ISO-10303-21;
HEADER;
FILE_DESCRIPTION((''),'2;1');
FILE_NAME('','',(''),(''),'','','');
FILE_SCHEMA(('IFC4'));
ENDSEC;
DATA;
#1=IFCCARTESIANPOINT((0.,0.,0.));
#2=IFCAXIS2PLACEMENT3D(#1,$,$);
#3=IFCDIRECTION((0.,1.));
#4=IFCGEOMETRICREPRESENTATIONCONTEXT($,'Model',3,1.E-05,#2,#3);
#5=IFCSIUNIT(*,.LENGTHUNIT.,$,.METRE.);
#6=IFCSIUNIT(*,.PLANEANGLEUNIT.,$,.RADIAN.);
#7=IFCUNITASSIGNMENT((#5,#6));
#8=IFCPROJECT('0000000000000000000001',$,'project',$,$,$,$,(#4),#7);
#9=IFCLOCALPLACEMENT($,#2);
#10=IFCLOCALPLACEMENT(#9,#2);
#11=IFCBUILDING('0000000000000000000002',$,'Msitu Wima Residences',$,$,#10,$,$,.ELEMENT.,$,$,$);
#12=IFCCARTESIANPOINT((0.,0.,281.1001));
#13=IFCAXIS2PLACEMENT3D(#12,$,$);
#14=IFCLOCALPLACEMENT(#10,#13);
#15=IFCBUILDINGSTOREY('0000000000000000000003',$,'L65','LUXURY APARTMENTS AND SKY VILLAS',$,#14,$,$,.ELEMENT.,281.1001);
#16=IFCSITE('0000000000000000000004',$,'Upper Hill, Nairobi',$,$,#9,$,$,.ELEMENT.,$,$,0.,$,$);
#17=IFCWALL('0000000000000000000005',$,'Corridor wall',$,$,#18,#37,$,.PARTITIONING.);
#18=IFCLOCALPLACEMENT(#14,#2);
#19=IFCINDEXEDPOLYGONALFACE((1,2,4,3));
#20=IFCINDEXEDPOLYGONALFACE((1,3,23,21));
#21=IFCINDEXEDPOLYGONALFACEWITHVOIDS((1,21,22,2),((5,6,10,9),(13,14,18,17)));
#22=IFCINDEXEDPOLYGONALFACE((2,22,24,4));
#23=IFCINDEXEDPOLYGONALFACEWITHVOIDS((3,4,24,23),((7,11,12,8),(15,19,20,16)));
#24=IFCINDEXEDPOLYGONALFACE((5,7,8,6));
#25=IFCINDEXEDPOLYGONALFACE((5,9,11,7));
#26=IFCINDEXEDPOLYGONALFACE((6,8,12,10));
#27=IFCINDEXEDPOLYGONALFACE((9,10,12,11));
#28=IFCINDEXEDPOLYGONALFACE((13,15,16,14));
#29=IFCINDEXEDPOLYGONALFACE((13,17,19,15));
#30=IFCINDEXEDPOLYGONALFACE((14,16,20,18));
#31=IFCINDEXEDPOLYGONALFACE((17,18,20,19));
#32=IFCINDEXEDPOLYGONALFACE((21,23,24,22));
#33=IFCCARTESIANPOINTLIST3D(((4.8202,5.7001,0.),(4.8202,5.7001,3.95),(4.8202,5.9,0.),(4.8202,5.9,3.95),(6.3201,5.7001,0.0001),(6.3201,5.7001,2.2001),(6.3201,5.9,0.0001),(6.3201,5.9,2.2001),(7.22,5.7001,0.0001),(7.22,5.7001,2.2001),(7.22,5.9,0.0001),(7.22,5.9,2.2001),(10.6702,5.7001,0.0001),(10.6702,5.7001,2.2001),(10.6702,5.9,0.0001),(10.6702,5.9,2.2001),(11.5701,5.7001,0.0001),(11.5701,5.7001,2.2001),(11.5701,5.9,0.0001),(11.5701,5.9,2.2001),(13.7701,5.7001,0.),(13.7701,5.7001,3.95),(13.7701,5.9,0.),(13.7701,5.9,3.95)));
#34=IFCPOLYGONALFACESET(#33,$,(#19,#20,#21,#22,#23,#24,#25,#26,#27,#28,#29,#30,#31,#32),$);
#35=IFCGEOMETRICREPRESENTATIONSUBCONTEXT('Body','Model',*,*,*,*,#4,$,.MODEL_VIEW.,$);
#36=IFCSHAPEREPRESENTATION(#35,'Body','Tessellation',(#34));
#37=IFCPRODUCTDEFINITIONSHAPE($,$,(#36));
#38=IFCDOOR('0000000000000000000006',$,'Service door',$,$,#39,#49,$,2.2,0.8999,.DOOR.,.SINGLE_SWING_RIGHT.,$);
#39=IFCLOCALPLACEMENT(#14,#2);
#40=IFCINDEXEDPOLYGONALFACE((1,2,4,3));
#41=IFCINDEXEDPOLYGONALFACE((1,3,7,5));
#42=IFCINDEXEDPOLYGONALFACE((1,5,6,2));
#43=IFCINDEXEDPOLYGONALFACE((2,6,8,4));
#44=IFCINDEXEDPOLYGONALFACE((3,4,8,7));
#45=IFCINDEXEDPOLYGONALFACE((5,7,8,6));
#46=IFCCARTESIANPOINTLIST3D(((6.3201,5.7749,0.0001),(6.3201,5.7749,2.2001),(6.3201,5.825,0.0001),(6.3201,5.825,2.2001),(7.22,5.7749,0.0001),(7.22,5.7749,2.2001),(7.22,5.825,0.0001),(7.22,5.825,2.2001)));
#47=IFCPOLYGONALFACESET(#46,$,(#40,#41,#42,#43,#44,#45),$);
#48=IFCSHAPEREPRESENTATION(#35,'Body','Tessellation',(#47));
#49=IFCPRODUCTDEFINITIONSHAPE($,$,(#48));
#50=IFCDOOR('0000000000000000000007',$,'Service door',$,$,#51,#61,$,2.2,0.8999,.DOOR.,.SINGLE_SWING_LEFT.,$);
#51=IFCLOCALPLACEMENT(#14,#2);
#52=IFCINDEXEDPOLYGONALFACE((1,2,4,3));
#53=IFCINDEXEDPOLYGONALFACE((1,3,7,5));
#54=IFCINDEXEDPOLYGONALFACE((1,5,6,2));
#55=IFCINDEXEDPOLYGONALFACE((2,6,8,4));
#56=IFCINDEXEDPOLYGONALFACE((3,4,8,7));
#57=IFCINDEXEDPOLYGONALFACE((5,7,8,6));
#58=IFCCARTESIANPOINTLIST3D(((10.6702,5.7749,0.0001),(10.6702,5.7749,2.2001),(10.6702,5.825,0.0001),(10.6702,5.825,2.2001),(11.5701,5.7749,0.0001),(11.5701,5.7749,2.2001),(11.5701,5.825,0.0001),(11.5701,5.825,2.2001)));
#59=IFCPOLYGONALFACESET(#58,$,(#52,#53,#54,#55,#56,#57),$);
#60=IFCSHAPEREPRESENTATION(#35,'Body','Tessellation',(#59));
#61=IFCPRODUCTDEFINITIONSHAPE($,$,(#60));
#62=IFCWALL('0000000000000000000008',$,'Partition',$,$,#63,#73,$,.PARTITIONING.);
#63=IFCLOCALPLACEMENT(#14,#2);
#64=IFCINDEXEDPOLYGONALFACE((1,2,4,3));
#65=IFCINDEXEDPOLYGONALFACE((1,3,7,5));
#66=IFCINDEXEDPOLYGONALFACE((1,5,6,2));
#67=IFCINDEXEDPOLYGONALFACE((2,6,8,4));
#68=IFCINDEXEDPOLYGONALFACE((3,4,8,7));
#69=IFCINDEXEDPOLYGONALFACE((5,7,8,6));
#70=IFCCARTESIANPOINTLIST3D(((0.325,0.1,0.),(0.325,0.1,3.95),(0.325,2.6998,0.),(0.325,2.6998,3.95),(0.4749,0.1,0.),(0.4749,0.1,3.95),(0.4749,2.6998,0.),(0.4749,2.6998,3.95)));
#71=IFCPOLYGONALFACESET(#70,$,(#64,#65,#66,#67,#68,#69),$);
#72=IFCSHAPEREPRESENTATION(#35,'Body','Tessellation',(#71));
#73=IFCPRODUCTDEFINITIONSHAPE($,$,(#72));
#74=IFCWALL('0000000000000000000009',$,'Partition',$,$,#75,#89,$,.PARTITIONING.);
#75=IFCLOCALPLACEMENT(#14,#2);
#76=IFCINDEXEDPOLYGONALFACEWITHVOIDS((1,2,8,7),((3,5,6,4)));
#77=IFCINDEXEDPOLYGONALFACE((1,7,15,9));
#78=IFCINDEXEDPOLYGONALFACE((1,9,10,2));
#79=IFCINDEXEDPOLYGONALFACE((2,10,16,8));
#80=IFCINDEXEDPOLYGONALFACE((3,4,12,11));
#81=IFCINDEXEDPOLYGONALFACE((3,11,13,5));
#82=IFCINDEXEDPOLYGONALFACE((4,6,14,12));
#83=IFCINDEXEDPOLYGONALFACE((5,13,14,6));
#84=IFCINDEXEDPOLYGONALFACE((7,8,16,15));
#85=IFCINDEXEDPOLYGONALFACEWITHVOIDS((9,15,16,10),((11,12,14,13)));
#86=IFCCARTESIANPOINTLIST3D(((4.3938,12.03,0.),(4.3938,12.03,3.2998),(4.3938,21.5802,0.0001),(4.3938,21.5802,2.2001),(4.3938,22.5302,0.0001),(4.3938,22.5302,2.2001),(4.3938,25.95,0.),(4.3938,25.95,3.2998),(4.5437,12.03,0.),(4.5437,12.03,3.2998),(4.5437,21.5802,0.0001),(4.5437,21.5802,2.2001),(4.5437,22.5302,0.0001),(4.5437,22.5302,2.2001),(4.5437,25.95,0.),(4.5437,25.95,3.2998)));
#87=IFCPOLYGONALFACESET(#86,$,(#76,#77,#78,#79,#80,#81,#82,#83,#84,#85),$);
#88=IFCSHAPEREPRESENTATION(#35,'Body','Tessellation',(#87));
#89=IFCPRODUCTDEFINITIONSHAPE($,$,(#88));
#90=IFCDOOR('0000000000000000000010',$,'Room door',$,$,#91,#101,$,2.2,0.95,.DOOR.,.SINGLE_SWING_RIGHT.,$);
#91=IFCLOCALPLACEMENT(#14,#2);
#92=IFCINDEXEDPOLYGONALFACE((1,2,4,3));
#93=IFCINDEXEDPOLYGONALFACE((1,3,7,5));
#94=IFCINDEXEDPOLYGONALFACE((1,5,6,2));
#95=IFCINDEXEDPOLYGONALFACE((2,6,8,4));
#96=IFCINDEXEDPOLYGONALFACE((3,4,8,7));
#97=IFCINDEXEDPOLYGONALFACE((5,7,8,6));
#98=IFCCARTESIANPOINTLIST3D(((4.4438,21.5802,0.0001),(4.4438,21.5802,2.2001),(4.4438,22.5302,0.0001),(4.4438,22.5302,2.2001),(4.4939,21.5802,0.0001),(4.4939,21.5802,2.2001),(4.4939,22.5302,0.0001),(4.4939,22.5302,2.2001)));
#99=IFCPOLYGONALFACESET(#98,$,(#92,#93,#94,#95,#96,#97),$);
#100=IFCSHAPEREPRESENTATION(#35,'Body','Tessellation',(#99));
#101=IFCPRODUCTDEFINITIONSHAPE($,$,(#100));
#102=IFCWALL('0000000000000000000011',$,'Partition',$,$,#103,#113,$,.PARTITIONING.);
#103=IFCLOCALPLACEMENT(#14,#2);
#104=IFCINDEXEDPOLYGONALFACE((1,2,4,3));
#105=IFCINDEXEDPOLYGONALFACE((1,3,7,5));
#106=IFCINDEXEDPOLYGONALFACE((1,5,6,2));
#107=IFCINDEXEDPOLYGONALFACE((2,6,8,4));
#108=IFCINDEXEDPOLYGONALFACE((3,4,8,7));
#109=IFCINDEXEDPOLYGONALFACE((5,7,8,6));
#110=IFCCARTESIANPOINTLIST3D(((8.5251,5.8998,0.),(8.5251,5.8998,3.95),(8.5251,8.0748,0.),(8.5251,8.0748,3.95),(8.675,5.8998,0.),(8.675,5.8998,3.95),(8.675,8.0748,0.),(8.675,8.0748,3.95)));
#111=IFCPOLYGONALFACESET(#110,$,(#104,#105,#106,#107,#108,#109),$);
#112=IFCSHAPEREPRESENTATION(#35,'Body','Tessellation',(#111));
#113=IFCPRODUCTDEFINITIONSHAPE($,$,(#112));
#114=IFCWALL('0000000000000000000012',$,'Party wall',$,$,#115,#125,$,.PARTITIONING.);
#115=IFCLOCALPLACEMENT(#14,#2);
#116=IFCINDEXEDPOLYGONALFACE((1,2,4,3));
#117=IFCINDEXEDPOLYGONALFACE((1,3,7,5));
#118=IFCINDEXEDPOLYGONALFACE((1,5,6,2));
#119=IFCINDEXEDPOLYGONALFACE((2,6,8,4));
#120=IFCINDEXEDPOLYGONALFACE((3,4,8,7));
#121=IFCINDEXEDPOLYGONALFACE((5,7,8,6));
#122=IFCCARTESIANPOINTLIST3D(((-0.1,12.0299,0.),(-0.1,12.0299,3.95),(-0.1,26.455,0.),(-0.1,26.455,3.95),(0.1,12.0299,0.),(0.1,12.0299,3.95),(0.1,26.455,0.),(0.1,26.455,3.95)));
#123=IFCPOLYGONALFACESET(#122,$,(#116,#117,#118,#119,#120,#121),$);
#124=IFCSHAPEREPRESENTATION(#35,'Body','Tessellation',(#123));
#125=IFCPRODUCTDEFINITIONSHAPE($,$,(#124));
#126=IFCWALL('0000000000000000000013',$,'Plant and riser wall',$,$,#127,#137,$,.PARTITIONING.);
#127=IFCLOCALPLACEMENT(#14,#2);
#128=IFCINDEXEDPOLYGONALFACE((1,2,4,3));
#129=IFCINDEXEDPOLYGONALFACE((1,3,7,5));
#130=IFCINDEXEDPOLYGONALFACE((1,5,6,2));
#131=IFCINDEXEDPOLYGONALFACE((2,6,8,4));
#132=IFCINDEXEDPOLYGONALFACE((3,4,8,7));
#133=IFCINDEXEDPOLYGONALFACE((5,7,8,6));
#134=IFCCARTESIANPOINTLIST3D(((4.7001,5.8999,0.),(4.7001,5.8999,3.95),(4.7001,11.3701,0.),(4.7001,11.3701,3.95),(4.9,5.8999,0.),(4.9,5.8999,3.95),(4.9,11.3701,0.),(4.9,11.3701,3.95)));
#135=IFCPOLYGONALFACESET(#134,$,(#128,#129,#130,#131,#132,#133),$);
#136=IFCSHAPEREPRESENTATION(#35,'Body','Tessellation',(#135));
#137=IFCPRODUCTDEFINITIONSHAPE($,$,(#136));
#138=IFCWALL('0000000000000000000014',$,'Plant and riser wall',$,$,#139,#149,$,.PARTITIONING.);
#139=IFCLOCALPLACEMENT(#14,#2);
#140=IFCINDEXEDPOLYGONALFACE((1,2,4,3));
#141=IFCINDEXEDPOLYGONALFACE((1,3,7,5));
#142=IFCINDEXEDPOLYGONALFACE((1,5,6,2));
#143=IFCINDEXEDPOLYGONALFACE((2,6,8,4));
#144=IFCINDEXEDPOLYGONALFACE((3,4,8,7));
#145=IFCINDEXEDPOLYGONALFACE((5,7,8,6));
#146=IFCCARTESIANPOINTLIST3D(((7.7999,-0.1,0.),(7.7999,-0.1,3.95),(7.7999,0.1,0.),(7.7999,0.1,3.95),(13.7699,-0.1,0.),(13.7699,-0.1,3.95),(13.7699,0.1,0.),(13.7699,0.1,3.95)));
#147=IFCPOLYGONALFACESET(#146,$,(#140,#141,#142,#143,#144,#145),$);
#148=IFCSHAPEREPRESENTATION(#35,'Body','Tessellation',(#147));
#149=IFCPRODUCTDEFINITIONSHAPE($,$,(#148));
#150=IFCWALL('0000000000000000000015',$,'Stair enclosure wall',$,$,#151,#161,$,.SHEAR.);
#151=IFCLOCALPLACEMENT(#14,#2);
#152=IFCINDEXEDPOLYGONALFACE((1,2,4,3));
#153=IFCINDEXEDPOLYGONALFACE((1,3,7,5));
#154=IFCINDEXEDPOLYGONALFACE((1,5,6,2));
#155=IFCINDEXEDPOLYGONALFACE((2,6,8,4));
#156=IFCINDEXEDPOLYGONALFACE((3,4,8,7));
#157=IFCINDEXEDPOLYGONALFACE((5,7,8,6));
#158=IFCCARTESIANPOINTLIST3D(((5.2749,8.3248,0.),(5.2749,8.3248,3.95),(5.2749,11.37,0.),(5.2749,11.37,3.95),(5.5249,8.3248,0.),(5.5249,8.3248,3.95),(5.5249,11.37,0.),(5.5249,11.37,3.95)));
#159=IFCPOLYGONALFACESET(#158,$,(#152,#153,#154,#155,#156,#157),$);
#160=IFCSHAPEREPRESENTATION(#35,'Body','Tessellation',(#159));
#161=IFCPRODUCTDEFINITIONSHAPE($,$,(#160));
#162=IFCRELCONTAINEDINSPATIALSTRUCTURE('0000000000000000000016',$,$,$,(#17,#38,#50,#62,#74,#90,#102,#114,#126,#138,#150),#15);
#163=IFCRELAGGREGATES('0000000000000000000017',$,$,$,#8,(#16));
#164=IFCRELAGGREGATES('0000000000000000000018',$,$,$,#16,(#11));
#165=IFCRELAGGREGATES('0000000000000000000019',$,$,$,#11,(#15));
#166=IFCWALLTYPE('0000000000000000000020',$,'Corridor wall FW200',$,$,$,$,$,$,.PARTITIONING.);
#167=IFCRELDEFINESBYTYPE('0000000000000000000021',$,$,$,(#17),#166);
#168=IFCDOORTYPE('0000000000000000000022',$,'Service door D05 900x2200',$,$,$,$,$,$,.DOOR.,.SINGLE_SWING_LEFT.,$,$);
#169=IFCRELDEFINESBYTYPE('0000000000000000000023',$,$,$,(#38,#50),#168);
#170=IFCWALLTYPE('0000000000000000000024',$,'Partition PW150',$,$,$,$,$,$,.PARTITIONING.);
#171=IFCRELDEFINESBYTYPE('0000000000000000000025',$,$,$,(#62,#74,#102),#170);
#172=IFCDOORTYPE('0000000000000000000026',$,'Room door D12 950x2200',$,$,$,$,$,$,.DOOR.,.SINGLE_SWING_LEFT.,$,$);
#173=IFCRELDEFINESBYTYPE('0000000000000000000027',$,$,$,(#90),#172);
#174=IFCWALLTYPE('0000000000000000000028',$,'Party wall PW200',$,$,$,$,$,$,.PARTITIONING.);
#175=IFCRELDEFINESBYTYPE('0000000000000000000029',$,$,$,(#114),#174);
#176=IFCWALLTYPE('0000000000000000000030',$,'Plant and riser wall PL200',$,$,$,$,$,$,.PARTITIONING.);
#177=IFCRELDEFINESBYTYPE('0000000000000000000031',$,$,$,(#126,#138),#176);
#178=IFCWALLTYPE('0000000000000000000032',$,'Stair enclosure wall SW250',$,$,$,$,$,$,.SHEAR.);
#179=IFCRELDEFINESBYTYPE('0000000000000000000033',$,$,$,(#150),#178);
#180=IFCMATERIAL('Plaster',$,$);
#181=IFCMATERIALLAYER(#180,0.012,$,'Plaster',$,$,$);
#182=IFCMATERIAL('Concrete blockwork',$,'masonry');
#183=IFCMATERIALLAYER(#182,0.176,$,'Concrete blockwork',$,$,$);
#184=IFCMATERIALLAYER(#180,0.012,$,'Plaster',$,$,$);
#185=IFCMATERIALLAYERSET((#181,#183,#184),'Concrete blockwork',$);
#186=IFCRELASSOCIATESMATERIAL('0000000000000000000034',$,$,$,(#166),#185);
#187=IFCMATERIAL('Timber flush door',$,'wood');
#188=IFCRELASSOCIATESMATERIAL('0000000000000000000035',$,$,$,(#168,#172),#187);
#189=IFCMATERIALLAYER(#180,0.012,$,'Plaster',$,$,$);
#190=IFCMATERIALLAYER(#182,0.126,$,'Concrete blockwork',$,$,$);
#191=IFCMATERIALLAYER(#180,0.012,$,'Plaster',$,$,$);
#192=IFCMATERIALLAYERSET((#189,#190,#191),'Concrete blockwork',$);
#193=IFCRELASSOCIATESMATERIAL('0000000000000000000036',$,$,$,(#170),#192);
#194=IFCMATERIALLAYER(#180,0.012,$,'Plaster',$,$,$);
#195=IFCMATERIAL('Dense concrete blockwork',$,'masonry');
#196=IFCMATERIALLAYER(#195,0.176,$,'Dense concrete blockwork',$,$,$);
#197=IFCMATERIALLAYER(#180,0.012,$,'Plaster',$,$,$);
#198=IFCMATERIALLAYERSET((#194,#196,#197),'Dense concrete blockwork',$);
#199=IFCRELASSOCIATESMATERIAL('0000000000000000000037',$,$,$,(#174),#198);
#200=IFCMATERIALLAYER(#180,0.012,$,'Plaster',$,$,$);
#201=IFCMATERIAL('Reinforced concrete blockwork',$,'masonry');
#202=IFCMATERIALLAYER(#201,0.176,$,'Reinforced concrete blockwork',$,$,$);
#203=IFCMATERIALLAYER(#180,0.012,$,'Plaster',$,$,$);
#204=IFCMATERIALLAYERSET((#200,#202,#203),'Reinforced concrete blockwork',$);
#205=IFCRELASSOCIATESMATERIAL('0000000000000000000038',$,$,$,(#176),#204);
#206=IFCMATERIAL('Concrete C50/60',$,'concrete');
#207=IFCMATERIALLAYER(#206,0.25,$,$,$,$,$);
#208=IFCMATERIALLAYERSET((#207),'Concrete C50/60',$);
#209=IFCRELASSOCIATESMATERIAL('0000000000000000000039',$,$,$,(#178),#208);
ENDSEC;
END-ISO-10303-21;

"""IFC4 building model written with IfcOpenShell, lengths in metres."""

from ifc_helpers import new_model, si_unit, direction, frame, frame_2d, origin, place, context, subcontext, project, spatial, rectangle, extrude, material, layer, layer_set, type_object, element, fill, save


model = new_model("IFC4")

# Units and contexts
model_context = context("Model", 3, precision=1e-05, world=origin(), true_north=direction((0.0, 1.0)))
body_context = subcontext(model_context, "Body", "Model", "MODEL_VIEW")
ifc_project = project(units=[si_unit("LENGTHUNIT", "METRE"), si_unit("PLANEANGLEUNIT", "RADIAN")], contexts=[model_context])

# Site, building, storey
site_placement = place(None, origin())
site = spatial("IfcSite", under=ifc_project, at=site_placement, Name="Upper Hill, Nairobi", CompositionType="ELEMENT", RefElevation=0.0)
building_placement = place(site_placement, origin())
building = spatial("IfcBuilding", under=site, at=building_placement, Name="Msitu Wima Residences", CompositionType="ELEMENT")
storey_placement = place(building_placement, frame((0.0, 0.0, 281.1001)))
storey = spatial("IfcBuildingStorey", under=building, at=storey_placement, Name="L65", Description="LUXURY APARTMENTS AND SKY VILLAS", CompositionType="ELEMENT", Elevation=281.1001)

# Wall, openings, doors
ifc_material_1 = material(Name="Plaster")
ifc_layer_1 = layer(ifc_material_1, 0.012, Name="Plaster")
ifc_material_2 = material(Name="Concrete blockwork", Category="masonry")
ifc_layer_2 = layer(ifc_material_2, 0.176, Name="Concrete blockwork")
ifc_layer_3 = layer(ifc_material_1, 0.012, Name="Plaster")
ifc_layer_set_1 = layer_set([ifc_layer_1, ifc_layer_2, ifc_layer_3], Name="Concrete blockwork")
wall_type_1 = type_object("IfcWallType", Name="Corridor wall FW200", PredefinedType="PARTITIONING", material=ifc_layer_set_1)
wall_1_placement = place(storey_placement, frame((4.8201, 5.8, 0.0), z_axis=(0.0, 0.0, 1.0), x_axis=(1.0, 0.0, 0.0)))
wall_1 = element("IfcWall", 1, at=wall_1_placement, inside=storey, type_object=wall_type_1, Name="Corridor wall", PredefinedType="PARTITIONING", context=body_context, shape_type="SweptSolid", body=[
    extrude(rectangle(XDim=8.95, YDim=0.2, at=frame_2d((4.4751, 0.0))), origin(), (0.0, 0.0, 1.0), 3.95),
])
opening_1_placement = place(wall_1_placement, frame((1.5, 0.0, 0.0)))
opening_1 = element("IfcOpeningElement", 2, at=opening_1_placement, cuts=wall_1, PredefinedType="OPENING", context=body_context, shape_type="SweptSolid", body=[
    extrude(rectangle(XDim=0.8999, YDim=2.2, at=frame_2d((0.45, 1.1001))), frame((0.0, 0.1099, 0.0), z_axis=(0.0, -1.0, 0.0), x_axis=(1.0, 0.0, 0.0)), (0.0, 0.0, 1.0), 0.22),
])
opening_2_placement = place(wall_1_placement, frame((5.8501, 0.0, 0.0)))
opening_2 = element("IfcOpeningElement", 3, at=opening_2_placement, cuts=wall_1, PredefinedType="OPENING", context=body_context, shape_type="SweptSolid", body=[
    extrude(rectangle(XDim=0.8999, YDim=2.2, at=frame_2d((0.45, 1.1001))), frame((0.0, 0.1099, 0.0), z_axis=(0.0, -1.0, 0.0), x_axis=(1.0, 0.0, 0.0)), (0.0, 0.0, 1.0), 0.22),
])
ifc_material_3 = material(Name="Timber flush door", Category="wood")
door_type_1 = type_object("IfcDoorType", Name="Service door D05 900x2200", OperationType="SINGLE_SWING_LEFT", PredefinedType="DOOR", material=ifc_material_3)
door_1_placement = place(opening_1_placement, origin())
door_1 = element("IfcDoor", 4, at=door_1_placement, inside=storey, type_object=door_type_1, Name="Service door", OperationType="SINGLE_SWING_RIGHT", OverallHeight=2.2, OverallWidth=0.8999, PredefinedType="DOOR", context=body_context, shape_type="SweptSolid", body=[
    extrude(rectangle(XDim=0.8999, YDim=2.2, at=frame_2d((0.45, 1.1001))), frame((0.0, 0.0249, 0.0), z_axis=(0.0, -1.0, 0.0), x_axis=(1.0, 0.0, 0.0)), (0.0, 0.0, 1.0), 0.05),
])
fill(opening_1, door_1)
door_2_placement = place(opening_2_placement, origin())
door_2 = element("IfcDoor", 5, at=door_2_placement, inside=storey, type_object=door_type_1, Name="Service door", OperationType="SINGLE_SWING_LEFT", OverallHeight=2.2, OverallWidth=0.8999, PredefinedType="DOOR", context=body_context, shape_type="SweptSolid", body=[
    extrude(rectangle(XDim=0.8999, YDim=2.2, at=frame_2d((0.45, 1.1001))), frame((0.0, 0.0249, 0.0), z_axis=(0.0, -1.0, 0.0), x_axis=(1.0, 0.0, 0.0)), (0.0, 0.0, 1.0), 0.05),
])
fill(opening_2, door_2)

# Wall
ifc_layer_4 = layer(ifc_material_1, 0.012, Name="Plaster")
ifc_layer_5 = layer(ifc_material_2, 0.126, Name="Concrete blockwork")
ifc_layer_6 = layer(ifc_material_1, 0.012, Name="Plaster")
ifc_layer_set_2 = layer_set([ifc_layer_4, ifc_layer_5, ifc_layer_6], Name="Concrete blockwork")
wall_type_2 = type_object("IfcWallType", Name="Partition PW150", PredefinedType="PARTITIONING", material=ifc_layer_set_2)
wall_2_placement = place(storey_placement, frame((0.3999, 0.1001, 0.0), z_axis=(0.0, 0.0, 1.0), x_axis=(0.0, 1.0, 0.0)))
element("IfcWall", 6, at=wall_2_placement, inside=storey, type_object=wall_type_2, Name="Partition", PredefinedType="PARTITIONING", context=body_context, shape_type="SweptSolid", body=[
    extrude(rectangle(XDim=2.5999, YDim=0.1499, at=frame_2d((1.2998, 0.0))), origin(), (0.0, 0.0, 1.0), 3.95),
])

# Wall, opening, door
wall_3_placement = place(storey_placement, frame((4.4688, 12.03, 0.0), z_axis=(0.0, 0.0, 1.0), x_axis=(0.0, 1.0, 0.0)))
wall_3 = element("IfcWall", 7, at=wall_3_placement, inside=storey, type_object=wall_type_2, Name="Partition", PredefinedType="PARTITIONING", context=body_context, shape_type="SweptSolid", body=[
    extrude(rectangle(XDim=13.9199, YDim=0.1499, at=frame_2d((6.96, 0.0))), origin(), (0.0, 0.0, 1.0), 3.2998),
])
opening_3_placement = place(wall_3_placement, frame((9.55, 0.0, 0.0)))
opening_3 = element("IfcOpeningElement", 8, at=opening_3_placement, cuts=wall_3, PredefinedType="OPENING", context=body_context, shape_type="SweptSolid", body=[
    extrude(rectangle(XDim=0.95, YDim=2.2, at=frame_2d((0.4751, 1.1001))), frame((0.0, 0.085, 0.0), z_axis=(0.0, -1.0, 0.0), x_axis=(1.0, 0.0, 0.0)), (0.0, 0.0, 1.0), 0.1699),
])
door_type_2 = type_object("IfcDoorType", Name="Room door D12 950x2200", OperationType="SINGLE_SWING_LEFT", PredefinedType="DOOR", material=ifc_material_3)
door_3_placement = place(opening_3_placement, origin())
door_3 = element("IfcDoor", 9, at=door_3_placement, inside=storey, type_object=door_type_2, Name="Room door", OperationType="SINGLE_SWING_RIGHT", OverallHeight=2.2, OverallWidth=0.95, PredefinedType="DOOR", context=body_context, shape_type="SweptSolid", body=[
    extrude(rectangle(XDim=0.95, YDim=2.2, at=frame_2d((0.4751, 1.1001))), frame((0.0, 0.0249, 0.0), z_axis=(0.0, -1.0, 0.0), x_axis=(1.0, 0.0, 0.0)), (0.0, 0.0, 1.0), 0.05),
])
fill(opening_3, door_3)

# Walls
wall_4_placement = place(storey_placement, frame((8.6001, 5.8999, 0.0), z_axis=(0.0, 0.0, 1.0), x_axis=(0.0, 1.0, 0.0)))
element("IfcWall", 10, at=wall_4_placement, inside=storey, type_object=wall_type_2, Name="Partition", PredefinedType="PARTITIONING", context=body_context, shape_type="SweptSolid", body=[
    extrude(rectangle(XDim=2.175, YDim=0.1499, at=frame_2d((1.0874, 0.0))), origin(), (0.0, 0.0, 1.0), 3.95),
])
ifc_layer_7 = layer(ifc_material_1, 0.012, Name="Plaster")
ifc_material_4 = material(Name="Dense concrete blockwork", Category="masonry")
ifc_layer_8 = layer(ifc_material_4, 0.176, Name="Dense concrete blockwork")
ifc_layer_9 = layer(ifc_material_1, 0.012, Name="Plaster")
ifc_layer_set_3 = layer_set([ifc_layer_7, ifc_layer_8, ifc_layer_9], Name="Dense concrete blockwork")
wall_type_3 = type_object("IfcWallType", Name="Party wall PW200", PredefinedType="PARTITIONING", material=ifc_layer_set_3)
wall_5_placement = place(storey_placement, frame((0.0, 12.03, 0.0), z_axis=(0.0, 0.0, 1.0), x_axis=(0.0, 1.0, 0.0)))
element("IfcWall", 11, at=wall_5_placement, inside=storey, type_object=wall_type_3, Name="Party wall", PredefinedType="PARTITIONING", context=body_context, shape_type="SweptSolid", body=[
    extrude(rectangle(XDim=14.425, YDim=0.2, at=frame_2d((7.2124, 0.0))), origin(), (0.0, 0.0, 1.0), 3.95),
])
ifc_layer_10 = layer(ifc_material_1, 0.012, Name="Plaster")
ifc_material_5 = material(Name="Reinforced concrete blockwork", Category="masonry")
ifc_layer_11 = layer(ifc_material_5, 0.176, Name="Reinforced concrete blockwork")
ifc_layer_12 = layer(ifc_material_1, 0.012, Name="Plaster")
ifc_layer_set_4 = layer_set([ifc_layer_10, ifc_layer_11, ifc_layer_12], Name="Reinforced concrete blockwork")
wall_type_4 = type_object("IfcWallType", Name="Plant and riser wall PL200", PredefinedType="PARTITIONING", material=ifc_layer_set_4)
wall_6_placement = place(storey_placement, frame((4.8, 5.8999, 0.0), z_axis=(0.0, 0.0, 1.0), x_axis=(0.0, 1.0, 0.0)))
element("IfcWall", 12, at=wall_6_placement, inside=storey, type_object=wall_type_4, Name="Plant and riser wall", PredefinedType="PARTITIONING", context=body_context, shape_type="SweptSolid", body=[
    extrude(rectangle(XDim=5.4702, YDim=0.2, at=frame_2d((2.7351, 0.0))), origin(), (0.0, 0.0, 1.0), 3.95),
])
wall_7_placement = place(storey_placement, frame((7.8, 0.0, 0.0), z_axis=(0.0, 0.0, 1.0), x_axis=(1.0, 0.0, 0.0)))
element("IfcWall", 13, at=wall_7_placement, inside=storey, type_object=wall_type_4, Name="Plant and riser wall", PredefinedType="PARTITIONING", context=body_context, shape_type="SweptSolid", body=[
    extrude(rectangle(XDim=5.97, YDim=0.2, at=frame_2d((2.9849, 0.0))), origin(), (0.0, 0.0, 1.0), 3.95),
])
ifc_material_6 = material(Name="Concrete C50/60", Category="concrete")
ifc_layer_13 = layer(ifc_material_6, 0.25)
ifc_layer_set_5 = layer_set([ifc_layer_13], Name="Concrete C50/60")
wall_type_5 = type_object("IfcWallType", Name="Stair enclosure wall SW250", PredefinedType="SHEAR", material=ifc_layer_set_5)
wall_8_placement = place(storey_placement, frame((5.3999, 8.325, 0.0), z_axis=(0.0, 0.0, 1.0), x_axis=(0.0, 1.0, 0.0)))
element("IfcWall", 14, at=wall_8_placement, inside=storey, type_object=wall_type_5, Name="Stair enclosure wall", PredefinedType="SHEAR", context=body_context, shape_type="SweptSolid", body=[
    extrude(rectangle(XDim=3.0452, YDim=0.25, at=frame_2d((1.5225, 0.0))), origin(), (0.0, 0.0, 1.0), 3.95),
])

save(model, "model.ifc")
